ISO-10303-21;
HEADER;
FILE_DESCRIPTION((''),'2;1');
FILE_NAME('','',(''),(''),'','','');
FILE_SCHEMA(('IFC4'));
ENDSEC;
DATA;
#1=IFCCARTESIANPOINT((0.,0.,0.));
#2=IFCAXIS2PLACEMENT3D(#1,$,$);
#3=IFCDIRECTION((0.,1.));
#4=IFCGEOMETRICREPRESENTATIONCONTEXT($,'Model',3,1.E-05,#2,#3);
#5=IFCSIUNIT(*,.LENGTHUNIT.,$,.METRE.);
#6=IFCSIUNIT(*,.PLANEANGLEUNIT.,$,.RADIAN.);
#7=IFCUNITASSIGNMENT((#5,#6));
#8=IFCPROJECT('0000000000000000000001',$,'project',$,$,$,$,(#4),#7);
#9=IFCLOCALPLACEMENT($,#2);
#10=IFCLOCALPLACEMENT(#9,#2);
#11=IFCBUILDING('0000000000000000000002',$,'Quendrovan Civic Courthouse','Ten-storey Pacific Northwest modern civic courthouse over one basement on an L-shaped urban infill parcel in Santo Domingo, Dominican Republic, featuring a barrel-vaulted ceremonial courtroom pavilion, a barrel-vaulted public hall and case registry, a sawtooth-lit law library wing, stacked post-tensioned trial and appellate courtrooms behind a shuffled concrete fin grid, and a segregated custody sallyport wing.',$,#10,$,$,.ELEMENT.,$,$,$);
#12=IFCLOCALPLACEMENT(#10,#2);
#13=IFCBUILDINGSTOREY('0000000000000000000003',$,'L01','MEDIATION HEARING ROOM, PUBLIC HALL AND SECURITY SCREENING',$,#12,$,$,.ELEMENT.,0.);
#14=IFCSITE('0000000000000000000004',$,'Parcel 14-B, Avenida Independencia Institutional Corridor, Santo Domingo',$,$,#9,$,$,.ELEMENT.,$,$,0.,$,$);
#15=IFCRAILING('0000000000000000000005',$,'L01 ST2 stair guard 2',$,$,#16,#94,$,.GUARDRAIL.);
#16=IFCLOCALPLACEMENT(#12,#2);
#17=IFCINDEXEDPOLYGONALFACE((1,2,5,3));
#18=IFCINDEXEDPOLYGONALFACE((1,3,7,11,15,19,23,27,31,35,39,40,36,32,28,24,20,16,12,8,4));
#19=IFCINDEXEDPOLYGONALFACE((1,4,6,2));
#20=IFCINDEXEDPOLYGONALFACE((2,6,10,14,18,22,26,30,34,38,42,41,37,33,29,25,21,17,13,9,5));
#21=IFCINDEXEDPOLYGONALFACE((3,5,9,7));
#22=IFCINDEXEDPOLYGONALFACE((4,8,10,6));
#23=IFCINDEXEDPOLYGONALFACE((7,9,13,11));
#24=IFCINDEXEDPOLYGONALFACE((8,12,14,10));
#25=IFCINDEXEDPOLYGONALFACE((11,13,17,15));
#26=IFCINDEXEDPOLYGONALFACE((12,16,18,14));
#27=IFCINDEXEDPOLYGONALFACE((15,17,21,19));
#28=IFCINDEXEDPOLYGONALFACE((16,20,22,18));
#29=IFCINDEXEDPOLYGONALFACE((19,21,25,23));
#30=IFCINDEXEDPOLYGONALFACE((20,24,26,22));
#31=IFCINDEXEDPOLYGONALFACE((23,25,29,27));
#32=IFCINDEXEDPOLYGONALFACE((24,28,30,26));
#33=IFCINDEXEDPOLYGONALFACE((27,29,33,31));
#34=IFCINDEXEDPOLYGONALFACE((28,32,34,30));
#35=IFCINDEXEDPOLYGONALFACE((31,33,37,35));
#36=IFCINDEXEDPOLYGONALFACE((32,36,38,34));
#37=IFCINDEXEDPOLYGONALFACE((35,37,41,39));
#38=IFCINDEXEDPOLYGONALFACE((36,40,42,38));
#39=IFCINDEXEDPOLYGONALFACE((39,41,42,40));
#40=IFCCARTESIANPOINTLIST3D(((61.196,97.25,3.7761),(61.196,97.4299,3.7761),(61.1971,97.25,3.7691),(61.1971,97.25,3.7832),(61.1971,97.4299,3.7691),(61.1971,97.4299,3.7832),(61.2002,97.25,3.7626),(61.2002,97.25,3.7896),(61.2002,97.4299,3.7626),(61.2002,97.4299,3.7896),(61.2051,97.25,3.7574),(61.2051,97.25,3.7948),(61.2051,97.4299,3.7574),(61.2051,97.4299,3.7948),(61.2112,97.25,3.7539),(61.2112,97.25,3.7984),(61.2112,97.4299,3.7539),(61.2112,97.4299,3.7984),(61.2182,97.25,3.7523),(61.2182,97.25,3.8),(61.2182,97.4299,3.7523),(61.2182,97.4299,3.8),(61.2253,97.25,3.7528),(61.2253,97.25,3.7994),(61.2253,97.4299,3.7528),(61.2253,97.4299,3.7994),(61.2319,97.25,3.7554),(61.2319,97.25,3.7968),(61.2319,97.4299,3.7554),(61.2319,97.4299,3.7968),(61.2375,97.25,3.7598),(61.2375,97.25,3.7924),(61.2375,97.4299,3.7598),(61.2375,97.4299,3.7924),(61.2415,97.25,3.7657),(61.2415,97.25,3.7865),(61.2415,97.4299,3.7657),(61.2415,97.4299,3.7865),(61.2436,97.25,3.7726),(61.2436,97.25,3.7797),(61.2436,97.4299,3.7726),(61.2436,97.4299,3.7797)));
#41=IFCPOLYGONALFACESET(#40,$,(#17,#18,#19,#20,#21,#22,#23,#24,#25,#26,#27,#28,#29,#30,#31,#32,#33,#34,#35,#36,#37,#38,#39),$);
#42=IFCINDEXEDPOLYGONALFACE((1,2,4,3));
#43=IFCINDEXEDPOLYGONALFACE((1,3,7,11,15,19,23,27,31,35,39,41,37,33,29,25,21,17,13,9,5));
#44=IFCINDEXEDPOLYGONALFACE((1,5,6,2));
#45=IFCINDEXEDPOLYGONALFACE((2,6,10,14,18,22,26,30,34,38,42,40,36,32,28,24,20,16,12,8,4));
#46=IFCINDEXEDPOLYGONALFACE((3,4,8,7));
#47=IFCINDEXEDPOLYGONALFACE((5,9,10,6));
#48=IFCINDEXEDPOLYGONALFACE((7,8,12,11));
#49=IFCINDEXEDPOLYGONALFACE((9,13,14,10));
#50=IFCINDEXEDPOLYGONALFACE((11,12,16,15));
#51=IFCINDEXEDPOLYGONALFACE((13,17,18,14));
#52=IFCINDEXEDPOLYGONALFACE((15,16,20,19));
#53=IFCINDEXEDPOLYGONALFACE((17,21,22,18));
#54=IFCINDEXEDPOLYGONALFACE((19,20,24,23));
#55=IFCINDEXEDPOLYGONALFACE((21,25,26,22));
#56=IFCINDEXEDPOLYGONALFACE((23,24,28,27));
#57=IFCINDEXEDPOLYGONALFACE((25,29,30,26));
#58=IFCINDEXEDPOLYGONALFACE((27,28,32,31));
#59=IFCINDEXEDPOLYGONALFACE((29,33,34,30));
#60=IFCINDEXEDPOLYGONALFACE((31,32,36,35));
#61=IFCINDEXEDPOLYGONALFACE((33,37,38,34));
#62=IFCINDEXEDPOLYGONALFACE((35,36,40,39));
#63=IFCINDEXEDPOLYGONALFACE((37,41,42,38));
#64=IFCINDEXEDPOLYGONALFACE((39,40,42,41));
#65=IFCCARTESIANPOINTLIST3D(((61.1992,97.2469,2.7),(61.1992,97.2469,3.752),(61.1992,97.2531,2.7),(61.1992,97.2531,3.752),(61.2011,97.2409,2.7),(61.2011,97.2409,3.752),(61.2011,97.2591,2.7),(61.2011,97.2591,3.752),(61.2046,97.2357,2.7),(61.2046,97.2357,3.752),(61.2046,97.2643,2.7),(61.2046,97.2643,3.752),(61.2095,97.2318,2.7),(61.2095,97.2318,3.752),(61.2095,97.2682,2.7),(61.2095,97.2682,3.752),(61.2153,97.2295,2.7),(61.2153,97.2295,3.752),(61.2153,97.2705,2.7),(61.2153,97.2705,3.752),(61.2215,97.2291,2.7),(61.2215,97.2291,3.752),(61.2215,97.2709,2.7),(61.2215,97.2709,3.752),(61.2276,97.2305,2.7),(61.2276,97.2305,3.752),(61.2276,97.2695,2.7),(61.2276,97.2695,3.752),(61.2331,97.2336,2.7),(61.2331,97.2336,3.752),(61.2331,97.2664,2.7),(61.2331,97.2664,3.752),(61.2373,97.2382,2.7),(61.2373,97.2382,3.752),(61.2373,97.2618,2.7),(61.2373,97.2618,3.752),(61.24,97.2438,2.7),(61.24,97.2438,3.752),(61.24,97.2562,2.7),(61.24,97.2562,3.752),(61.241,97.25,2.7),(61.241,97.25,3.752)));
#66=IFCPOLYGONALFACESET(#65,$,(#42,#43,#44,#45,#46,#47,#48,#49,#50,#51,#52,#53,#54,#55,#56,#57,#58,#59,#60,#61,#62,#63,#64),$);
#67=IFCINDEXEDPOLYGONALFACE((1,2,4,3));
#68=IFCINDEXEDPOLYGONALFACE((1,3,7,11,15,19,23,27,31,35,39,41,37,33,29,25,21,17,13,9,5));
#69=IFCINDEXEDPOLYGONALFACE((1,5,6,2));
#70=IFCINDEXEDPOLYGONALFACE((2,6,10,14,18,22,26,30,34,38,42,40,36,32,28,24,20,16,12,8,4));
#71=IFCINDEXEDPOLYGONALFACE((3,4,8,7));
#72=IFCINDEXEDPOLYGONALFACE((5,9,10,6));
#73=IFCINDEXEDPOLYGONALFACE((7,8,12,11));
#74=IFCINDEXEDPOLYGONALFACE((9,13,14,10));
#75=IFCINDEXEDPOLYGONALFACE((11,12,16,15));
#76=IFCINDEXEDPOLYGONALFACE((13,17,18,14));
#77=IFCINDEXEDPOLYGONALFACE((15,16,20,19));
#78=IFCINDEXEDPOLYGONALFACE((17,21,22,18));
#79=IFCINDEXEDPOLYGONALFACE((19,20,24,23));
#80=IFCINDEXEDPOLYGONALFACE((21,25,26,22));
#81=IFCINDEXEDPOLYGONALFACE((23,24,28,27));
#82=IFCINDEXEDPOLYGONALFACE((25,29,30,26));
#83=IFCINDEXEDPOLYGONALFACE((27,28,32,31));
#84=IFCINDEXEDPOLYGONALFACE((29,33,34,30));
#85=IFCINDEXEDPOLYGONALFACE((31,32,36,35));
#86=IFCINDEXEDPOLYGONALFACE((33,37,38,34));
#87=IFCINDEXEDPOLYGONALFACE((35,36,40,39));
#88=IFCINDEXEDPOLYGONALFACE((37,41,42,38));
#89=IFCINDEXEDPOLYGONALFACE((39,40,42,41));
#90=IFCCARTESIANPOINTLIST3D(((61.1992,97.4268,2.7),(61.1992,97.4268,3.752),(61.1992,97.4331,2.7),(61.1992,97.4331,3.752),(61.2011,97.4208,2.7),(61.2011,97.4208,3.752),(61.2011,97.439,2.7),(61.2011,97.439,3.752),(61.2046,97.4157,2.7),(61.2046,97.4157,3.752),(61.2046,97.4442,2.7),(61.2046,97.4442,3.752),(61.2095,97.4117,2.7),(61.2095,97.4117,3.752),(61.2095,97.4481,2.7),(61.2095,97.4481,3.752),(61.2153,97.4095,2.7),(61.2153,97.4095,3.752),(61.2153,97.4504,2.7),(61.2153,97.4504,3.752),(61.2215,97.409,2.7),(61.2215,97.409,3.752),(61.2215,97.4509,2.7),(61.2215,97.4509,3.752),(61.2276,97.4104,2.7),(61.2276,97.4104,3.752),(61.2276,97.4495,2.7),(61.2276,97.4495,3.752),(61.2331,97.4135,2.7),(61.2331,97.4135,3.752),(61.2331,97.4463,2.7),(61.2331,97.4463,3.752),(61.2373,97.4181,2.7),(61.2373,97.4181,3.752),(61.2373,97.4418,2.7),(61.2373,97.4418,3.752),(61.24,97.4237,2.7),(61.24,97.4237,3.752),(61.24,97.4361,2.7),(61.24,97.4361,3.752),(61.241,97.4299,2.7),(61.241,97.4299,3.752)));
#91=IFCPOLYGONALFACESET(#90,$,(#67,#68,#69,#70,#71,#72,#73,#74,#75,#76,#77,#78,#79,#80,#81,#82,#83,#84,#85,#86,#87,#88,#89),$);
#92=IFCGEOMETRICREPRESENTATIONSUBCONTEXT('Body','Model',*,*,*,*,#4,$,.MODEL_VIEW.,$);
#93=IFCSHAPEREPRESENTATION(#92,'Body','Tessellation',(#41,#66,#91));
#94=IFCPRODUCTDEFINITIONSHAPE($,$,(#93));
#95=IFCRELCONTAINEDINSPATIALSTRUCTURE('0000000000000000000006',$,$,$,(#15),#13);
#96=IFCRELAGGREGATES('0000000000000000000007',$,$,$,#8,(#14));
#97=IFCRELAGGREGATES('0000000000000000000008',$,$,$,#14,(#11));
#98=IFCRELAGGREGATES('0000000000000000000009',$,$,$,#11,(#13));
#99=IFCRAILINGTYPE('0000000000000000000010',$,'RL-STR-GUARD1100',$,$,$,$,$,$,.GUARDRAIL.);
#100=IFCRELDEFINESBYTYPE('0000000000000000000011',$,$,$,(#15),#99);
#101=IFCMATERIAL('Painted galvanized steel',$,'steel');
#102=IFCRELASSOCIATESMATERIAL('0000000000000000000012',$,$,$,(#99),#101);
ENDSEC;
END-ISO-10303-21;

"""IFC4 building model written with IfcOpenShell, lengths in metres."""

from ifc_helpers import new_model, si_unit, direction, frame, origin, origin_2d, place, context, subcontext, project, spatial, circle, extrude, material, type_object, element, save


model = new_model("IFC4")

# Units and contexts
model_context = context("Model", 3, precision=1e-05, world=origin(), true_north=direction((0.0, 1.0)))
body_context = subcontext(model_context, "Body", "Model", "MODEL_VIEW")
ifc_project = project(units=[si_unit("LENGTHUNIT", "METRE"), si_unit("PLANEANGLEUNIT", "RADIAN")], contexts=[model_context])

# Site, building, storey
site_placement = place(None, origin())
site = spatial("IfcSite", under=ifc_project, at=site_placement, Name="Parcel 14-B, Avenida Independencia Institutional Corridor, Santo Domingo", CompositionType="ELEMENT", RefElevation=0.0)
building_placement = place(site_placement, origin())
building = spatial("IfcBuilding", under=site, at=building_placement, Name="Quendrovan Civic Courthouse", Description="Ten-storey Pacific Northwest modern civic courthouse over one basement on an L-shaped urban infill parcel in Santo Domingo, Dominican Republic, featuring a barrel-vaulted ceremonial courtroom pavilion, a barrel-vaulted public hall and case registry, a sawtooth-lit law library wing, stacked post-tensioned trial and appellate courtrooms behind a shuffled concrete fin grid, and a segregated custody sallyport wing.", CompositionType="ELEMENT")
storey_placement = place(building_placement, origin())
storey = spatial("IfcBuildingStorey", under=building, at=storey_placement, Name="L01", Description="MEDIATION HEARING ROOM, PUBLIC HALL AND SECURITY SCREENING", CompositionType="ELEMENT", Elevation=0.0)

# Railing
ifc_material_1 = material(Name="Painted galvanized steel", Category="steel")
railing_type_1 = type_object("IfcRailingType", Name="RL-STR-GUARD1100", PredefinedType="GUARDRAIL", material=ifc_material_1)
railing_1_placement = place(storey_placement, frame((61.22, 97.25, 2.7)))
element("IfcRailing", 1, at=railing_1_placement, inside=storey, type_object=railing_type_1, Name="L01 ST2 stair guard 2", PredefinedType="GUARDRAIL", context=body_context, shape_type="SweptSolid", body=[
    extrude(circle(Radius=0.0239, at=origin_2d()), frame((0.0, 0.0, 1.0762), z_axis=(0.0, 1.0, 0.0), x_axis=(-1.0, 0.0, 0.0)), (0.0, 0.0, 1.0), 0.1799),
    extrude(circle(Radius=0.021, at=origin_2d()), origin(), (0.0, 0.0, 1.0), 1.052),
    extrude(circle(Radius=0.021, at=origin_2d()), frame((0.0, 0.1799, 0.0)), (0.0, 0.0, 1.0), 1.052),
])

save(model, "model.ifc")
